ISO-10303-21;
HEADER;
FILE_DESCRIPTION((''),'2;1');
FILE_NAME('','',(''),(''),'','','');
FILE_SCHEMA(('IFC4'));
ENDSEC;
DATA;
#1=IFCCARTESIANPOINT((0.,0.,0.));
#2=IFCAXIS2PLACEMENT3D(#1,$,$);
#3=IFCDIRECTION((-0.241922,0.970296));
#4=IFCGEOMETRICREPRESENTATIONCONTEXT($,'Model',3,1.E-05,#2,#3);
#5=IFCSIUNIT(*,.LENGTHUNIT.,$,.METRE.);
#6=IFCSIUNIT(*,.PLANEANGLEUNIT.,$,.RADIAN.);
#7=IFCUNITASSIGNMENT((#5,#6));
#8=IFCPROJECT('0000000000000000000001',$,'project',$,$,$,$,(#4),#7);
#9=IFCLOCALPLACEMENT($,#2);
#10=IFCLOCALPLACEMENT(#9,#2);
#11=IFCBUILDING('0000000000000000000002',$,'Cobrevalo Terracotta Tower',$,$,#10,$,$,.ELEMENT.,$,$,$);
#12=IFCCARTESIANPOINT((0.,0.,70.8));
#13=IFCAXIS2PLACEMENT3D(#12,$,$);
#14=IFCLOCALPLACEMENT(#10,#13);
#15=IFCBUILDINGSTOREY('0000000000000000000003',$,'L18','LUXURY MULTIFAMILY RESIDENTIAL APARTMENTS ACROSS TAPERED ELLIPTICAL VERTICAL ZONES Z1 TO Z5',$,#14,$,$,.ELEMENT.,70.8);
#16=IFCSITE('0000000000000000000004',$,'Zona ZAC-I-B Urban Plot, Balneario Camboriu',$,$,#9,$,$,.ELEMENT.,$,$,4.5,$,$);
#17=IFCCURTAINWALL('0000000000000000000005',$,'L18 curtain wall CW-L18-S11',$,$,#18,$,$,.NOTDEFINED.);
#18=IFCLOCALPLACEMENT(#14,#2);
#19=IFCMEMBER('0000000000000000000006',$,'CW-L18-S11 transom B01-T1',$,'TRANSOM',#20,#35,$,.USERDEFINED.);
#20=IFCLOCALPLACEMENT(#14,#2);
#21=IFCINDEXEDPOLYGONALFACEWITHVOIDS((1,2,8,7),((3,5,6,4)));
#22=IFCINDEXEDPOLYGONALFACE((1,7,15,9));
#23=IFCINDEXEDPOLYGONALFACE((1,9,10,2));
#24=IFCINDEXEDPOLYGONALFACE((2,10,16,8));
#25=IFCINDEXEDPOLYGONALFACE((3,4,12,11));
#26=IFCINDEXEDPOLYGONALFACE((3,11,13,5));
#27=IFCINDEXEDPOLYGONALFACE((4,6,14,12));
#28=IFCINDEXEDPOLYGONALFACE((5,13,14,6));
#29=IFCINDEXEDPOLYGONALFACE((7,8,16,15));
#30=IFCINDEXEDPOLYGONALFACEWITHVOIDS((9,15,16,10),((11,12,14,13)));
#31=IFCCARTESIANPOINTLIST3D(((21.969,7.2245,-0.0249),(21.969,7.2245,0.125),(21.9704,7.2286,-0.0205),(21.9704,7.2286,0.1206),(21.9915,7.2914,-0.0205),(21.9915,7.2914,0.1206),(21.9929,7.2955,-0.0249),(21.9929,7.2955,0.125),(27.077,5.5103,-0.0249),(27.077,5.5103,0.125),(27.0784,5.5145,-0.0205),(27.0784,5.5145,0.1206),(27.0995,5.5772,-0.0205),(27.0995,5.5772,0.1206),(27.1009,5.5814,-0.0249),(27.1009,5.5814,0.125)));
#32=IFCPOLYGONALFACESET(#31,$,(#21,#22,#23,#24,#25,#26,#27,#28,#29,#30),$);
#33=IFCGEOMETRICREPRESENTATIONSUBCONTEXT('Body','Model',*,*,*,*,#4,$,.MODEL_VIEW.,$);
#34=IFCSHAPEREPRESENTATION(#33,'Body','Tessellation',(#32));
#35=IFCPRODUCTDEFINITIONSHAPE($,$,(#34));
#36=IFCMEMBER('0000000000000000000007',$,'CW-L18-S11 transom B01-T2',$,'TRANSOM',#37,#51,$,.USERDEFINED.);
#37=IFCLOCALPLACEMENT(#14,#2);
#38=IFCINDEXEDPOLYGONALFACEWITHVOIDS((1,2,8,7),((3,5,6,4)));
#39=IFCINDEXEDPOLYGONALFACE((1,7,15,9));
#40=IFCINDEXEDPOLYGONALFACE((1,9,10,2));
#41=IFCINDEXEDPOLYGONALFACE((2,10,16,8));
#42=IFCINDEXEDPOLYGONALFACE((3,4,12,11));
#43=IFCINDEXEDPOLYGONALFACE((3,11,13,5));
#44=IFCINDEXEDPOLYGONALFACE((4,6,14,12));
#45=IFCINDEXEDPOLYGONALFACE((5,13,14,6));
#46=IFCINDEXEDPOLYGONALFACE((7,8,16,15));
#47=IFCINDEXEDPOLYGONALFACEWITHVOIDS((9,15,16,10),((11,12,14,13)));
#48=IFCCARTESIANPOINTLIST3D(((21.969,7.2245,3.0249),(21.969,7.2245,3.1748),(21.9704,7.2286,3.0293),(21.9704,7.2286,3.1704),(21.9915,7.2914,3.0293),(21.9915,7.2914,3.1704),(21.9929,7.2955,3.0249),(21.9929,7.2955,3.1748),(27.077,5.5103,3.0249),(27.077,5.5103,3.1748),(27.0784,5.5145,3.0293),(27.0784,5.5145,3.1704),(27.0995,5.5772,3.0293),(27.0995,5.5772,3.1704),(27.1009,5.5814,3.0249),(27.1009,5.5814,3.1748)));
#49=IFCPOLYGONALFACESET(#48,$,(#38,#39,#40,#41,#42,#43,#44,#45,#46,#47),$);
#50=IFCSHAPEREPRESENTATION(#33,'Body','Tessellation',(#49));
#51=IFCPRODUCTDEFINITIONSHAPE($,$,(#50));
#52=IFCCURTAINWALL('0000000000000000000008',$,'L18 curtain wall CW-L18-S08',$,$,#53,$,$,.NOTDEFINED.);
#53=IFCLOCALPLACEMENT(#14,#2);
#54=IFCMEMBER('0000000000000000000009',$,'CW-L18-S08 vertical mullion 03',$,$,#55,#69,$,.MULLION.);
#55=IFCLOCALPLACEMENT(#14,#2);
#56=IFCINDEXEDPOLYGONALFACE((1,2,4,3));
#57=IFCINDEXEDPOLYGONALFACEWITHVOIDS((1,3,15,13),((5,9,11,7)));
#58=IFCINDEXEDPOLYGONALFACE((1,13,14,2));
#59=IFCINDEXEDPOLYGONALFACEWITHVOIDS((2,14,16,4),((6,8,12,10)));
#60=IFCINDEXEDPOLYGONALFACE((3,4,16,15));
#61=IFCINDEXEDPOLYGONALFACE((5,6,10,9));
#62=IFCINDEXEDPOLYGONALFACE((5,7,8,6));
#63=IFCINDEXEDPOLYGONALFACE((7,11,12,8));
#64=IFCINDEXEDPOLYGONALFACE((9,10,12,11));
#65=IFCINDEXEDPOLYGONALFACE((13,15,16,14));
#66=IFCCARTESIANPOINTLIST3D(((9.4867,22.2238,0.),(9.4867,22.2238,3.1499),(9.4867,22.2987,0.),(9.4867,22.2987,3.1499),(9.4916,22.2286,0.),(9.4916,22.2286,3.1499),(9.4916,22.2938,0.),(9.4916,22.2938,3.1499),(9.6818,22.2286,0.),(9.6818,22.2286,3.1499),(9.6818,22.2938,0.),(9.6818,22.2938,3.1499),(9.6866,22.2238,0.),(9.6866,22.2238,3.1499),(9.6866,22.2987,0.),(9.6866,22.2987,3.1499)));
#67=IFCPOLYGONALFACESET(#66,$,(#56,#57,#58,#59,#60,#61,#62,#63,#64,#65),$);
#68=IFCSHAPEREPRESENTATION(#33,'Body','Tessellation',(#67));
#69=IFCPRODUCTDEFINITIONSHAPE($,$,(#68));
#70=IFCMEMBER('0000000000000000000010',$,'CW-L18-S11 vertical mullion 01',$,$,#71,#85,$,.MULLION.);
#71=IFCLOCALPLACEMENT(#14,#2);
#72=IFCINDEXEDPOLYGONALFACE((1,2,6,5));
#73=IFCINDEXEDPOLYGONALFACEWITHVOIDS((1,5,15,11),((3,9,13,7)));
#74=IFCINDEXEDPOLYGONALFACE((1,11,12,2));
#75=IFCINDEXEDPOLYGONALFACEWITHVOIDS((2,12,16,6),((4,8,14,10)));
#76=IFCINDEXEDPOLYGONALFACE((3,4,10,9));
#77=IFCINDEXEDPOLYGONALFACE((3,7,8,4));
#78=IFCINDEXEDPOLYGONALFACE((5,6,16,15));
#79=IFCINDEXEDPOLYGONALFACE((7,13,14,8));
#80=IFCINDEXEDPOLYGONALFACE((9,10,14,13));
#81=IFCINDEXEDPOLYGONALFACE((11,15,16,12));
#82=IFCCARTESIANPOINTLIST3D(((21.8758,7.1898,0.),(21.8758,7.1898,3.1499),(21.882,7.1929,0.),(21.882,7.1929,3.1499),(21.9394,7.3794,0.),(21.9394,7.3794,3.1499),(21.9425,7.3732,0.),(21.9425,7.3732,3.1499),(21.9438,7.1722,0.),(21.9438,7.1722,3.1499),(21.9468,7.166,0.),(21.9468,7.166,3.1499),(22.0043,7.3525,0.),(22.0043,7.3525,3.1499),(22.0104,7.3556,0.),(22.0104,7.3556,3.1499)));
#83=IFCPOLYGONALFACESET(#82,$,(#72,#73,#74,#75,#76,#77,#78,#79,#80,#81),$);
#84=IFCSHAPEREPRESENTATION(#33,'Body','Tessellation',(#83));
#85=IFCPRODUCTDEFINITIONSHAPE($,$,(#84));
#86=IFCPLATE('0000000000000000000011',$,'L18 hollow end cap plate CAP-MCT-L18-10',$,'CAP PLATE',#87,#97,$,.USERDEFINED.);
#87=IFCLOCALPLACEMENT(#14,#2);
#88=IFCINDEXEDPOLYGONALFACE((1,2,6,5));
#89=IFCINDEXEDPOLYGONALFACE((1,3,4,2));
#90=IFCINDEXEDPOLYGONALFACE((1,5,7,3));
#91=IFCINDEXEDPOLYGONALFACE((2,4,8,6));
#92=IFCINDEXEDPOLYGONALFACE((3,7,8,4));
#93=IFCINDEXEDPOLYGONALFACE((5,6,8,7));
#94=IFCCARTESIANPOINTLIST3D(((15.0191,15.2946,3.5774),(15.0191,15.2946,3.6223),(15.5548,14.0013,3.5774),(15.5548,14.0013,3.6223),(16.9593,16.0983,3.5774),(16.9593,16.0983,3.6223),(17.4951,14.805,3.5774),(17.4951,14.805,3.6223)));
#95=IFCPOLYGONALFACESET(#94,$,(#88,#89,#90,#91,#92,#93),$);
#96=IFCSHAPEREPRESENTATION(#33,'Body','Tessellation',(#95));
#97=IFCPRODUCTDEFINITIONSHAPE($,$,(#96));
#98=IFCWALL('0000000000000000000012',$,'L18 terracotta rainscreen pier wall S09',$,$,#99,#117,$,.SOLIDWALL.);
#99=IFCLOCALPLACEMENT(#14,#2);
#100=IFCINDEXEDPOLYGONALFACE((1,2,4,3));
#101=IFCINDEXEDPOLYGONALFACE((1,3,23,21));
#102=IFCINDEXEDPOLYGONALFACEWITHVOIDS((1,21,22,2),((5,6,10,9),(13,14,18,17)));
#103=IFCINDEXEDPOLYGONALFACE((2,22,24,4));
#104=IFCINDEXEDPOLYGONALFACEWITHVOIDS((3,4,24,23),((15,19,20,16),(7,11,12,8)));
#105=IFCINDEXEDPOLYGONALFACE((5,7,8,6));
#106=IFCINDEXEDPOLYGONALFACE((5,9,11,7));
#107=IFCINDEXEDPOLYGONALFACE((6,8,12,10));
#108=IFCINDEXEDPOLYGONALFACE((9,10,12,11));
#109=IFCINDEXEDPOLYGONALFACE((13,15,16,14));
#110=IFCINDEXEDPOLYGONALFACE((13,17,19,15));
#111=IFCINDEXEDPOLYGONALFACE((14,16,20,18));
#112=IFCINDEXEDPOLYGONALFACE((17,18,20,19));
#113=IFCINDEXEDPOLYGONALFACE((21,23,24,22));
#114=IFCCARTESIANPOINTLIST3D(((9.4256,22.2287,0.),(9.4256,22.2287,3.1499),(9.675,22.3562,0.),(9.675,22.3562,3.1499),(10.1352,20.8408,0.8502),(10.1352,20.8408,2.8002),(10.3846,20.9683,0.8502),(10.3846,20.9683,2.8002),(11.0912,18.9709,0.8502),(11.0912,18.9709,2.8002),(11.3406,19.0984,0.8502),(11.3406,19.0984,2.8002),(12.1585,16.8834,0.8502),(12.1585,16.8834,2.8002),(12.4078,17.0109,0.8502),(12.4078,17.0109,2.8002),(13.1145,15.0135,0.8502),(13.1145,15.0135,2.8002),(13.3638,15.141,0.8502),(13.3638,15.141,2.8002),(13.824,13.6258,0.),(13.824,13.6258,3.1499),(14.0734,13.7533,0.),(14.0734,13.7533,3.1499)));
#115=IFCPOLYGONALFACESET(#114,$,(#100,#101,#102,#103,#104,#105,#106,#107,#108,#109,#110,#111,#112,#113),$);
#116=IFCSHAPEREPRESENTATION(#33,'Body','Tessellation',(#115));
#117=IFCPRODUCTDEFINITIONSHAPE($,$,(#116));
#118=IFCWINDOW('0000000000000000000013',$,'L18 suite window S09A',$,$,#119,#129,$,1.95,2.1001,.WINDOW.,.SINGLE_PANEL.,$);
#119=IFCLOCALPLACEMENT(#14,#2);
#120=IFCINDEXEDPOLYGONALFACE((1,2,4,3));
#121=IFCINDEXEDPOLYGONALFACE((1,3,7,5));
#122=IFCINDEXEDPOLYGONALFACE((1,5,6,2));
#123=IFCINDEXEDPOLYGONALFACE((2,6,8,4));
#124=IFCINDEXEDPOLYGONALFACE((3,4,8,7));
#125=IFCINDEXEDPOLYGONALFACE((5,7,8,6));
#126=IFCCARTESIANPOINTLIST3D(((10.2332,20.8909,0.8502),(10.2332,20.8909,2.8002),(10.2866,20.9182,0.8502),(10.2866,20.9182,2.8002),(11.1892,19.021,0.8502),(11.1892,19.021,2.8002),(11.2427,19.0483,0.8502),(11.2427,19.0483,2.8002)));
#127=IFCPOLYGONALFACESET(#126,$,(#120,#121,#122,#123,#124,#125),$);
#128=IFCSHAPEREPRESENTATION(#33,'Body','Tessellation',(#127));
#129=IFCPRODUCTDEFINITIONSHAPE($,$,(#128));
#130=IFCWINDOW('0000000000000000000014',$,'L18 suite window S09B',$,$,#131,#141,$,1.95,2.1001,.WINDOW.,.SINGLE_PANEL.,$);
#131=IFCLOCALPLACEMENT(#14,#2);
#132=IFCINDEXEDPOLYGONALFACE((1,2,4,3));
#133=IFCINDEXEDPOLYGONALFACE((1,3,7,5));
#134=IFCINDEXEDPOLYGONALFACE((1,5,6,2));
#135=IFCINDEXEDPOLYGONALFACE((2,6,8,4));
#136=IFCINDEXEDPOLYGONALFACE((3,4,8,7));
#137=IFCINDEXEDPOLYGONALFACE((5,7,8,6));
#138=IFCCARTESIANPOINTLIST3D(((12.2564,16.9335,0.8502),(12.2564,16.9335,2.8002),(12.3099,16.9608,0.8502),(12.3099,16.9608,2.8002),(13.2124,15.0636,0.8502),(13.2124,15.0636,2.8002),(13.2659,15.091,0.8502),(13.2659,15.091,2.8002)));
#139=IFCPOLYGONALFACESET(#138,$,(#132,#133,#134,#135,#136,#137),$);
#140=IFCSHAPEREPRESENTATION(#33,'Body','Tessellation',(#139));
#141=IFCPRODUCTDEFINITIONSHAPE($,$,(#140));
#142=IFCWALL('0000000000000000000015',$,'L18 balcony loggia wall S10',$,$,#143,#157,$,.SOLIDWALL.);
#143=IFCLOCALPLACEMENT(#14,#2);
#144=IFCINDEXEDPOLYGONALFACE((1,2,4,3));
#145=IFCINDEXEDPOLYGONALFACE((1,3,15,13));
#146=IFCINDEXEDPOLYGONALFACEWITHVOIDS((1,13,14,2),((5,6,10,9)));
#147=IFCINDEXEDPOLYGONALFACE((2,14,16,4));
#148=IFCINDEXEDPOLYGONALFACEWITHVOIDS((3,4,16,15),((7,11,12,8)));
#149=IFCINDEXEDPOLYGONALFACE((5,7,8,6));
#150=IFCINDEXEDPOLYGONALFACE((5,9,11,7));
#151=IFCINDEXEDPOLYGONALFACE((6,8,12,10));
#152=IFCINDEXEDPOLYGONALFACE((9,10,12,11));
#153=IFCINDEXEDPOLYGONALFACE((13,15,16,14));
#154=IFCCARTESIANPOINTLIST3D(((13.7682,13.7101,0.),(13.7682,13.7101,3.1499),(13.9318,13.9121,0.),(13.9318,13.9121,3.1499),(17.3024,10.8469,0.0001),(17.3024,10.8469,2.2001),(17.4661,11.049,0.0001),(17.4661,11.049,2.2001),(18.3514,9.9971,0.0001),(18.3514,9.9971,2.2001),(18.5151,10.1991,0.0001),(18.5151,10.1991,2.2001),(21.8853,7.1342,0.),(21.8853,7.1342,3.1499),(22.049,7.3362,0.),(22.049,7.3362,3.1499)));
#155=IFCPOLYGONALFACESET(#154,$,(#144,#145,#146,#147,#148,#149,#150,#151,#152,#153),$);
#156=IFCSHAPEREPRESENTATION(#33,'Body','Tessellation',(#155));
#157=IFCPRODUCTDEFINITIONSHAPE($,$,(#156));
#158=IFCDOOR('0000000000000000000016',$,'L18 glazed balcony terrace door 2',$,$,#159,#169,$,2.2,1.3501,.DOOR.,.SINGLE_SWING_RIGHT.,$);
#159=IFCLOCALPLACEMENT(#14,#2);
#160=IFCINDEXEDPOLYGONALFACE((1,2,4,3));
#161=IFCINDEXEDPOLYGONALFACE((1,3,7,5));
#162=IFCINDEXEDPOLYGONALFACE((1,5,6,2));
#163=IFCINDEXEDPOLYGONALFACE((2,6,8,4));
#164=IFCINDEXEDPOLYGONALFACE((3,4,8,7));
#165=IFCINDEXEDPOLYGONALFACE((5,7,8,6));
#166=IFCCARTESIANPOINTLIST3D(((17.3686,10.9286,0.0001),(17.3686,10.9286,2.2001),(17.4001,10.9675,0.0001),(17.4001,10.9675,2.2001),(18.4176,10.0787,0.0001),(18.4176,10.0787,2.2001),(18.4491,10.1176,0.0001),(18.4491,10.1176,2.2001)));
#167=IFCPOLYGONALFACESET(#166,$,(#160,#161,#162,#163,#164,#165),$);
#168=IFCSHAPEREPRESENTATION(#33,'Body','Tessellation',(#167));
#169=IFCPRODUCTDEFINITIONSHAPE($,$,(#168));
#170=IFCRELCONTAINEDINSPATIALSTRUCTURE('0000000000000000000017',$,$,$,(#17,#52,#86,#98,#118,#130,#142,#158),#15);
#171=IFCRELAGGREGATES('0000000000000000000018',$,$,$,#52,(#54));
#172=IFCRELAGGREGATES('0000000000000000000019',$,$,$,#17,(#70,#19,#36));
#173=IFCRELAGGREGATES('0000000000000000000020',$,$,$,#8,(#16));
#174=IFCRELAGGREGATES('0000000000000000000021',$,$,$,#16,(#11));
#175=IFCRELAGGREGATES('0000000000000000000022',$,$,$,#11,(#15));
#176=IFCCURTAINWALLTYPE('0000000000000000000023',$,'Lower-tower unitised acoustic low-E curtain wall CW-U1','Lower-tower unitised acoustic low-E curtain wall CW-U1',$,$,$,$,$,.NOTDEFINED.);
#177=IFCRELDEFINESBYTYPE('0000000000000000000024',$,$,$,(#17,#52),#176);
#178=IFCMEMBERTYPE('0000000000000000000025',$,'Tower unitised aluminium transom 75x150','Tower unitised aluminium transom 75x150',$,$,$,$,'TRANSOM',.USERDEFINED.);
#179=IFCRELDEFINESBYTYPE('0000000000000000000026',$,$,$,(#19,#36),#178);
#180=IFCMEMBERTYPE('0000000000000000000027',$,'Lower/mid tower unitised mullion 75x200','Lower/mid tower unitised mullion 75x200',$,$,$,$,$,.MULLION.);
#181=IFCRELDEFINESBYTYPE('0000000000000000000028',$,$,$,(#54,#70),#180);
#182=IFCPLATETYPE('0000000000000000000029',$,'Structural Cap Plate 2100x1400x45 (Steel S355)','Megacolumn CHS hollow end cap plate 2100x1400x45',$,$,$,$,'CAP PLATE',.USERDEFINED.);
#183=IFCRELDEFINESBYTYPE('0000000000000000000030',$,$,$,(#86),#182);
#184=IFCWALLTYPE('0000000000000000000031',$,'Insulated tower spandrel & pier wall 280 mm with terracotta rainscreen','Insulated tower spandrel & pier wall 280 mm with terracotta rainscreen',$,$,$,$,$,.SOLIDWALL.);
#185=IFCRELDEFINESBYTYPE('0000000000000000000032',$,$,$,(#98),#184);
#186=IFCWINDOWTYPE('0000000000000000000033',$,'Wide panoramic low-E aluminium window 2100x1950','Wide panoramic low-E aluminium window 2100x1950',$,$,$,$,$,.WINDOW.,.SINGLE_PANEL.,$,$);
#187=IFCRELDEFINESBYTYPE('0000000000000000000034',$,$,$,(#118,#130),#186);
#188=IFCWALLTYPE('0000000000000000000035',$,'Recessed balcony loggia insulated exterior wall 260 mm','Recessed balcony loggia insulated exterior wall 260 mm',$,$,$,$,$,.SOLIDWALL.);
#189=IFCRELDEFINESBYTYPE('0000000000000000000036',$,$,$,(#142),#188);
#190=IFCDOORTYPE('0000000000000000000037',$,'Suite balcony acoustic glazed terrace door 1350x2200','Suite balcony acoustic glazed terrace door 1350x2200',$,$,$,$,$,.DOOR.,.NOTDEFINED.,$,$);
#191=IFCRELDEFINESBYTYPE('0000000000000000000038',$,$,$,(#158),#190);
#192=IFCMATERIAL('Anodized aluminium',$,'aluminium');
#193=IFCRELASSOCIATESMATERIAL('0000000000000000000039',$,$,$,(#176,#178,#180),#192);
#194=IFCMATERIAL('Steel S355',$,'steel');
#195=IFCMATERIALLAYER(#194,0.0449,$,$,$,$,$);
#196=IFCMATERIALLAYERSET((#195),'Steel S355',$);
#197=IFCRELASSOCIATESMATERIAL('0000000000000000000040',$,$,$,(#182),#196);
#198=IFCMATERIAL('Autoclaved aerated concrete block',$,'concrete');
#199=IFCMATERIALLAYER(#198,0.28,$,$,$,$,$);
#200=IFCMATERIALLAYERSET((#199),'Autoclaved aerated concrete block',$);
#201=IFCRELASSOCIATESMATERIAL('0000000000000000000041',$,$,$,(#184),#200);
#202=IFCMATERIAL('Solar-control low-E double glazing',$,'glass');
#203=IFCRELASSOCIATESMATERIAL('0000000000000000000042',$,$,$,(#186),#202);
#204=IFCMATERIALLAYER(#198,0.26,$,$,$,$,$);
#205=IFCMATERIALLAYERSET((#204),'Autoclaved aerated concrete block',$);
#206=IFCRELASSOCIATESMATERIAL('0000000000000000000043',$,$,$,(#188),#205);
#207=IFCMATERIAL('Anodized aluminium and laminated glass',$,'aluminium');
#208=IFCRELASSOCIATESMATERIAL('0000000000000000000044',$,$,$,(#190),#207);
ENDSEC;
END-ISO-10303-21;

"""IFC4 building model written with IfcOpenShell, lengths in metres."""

from ifc_helpers import new_model, si_unit, direction, frame, frame_2d, origin, origin_2d, place, context, subcontext, project, spatial, rectangle, hollow_rectangle, extrude, source, transform, mapped, material, layer, layer_set, material_profile, profile_set, type_object, element, fill, aggregate, save


model = new_model("IFC4")

# Units and contexts
model_context = context("Model", 3, precision=1e-05, world=origin(), true_north=direction((-0.241922, 0.970296)))
body_context = subcontext(model_context, "Body", "Model", "MODEL_VIEW")
ifc_project = project(units=[si_unit("LENGTHUNIT", "METRE"), si_unit("PLANEANGLEUNIT", "RADIAN")], contexts=[model_context])

# Site, building, storey
site_placement = place(None, origin())
site = spatial("IfcSite", under=ifc_project, at=site_placement, Name="Zona ZAC-I-B Urban Plot, Balneario Camboriu", CompositionType="ELEMENT", RefElevation=4.5)
building_placement = place(site_placement, origin())
building = spatial("IfcBuilding", under=site, at=building_placement, Name="Cobrevalo Terracotta Tower", CompositionType="ELEMENT")
storey_placement = place(building_placement, frame((0.0, 0.0, 70.8)))
storey = spatial("IfcBuildingStorey", under=building, at=storey_placement, Name="L18", Description="LUXURY MULTIFAMILY RESIDENTIAL APARTMENTS ACROSS TAPERED ELLIPTICAL VERTICAL ZONES Z1 TO Z5", CompositionType="ELEMENT", Elevation=70.8)

# Shared definitions
ifc_material_1 = material(Name="Steel S355", Category="steel")

# Curtain wall, members
ifc_material_2 = material(Name="Anodized aluminium", Category="aluminium")
curtain_wall_type = type_object("IfcCurtainWallType", Name="Lower-tower unitised acoustic low-E curtain wall CW-U1", Description="Lower-tower unitised acoustic low-E curtain wall CW-U1", PredefinedType="NOTDEFINED", material=ifc_material_2)
curtain_wall_1_placement = place(storey_placement, origin())
curtain_wall_1 = element("IfcCurtainWall", 1, at=curtain_wall_1_placement, inside=storey, type_object=curtain_wall_type, Name="L18 curtain wall CW-L18-S11", PredefinedType="NOTDEFINED")
ifc_material_profile_1 = material_profile(ifc_material_2, hollow_rectangle(XDim=0.075, YDim=0.1499, WallThickness=0.0044, at=origin_2d()), Name="CWT 75x150")
ifc_profile_set_1 = profile_set([ifc_material_profile_1], Name="Anodized aluminium")
member_type_1 = type_object("IfcMemberType", Name="Tower unitised aluminium transom 75x150", Description="Tower unitised aluminium transom 75x150", ElementType="TRANSOM", PredefinedType="USERDEFINED", material=ifc_profile_set_1)
shared_shape_1 = source(origin(), body_context, "Body", "SweptSolid", [
    extrude(hollow_rectangle(XDim=0.075, YDim=0.1499, WallThickness=0.0044, at=origin_2d()), origin(), (0.0, 0.0, 1.0), 5.3879),
])
member_1_placement = place(storey_placement, frame((21.981, 7.26, 0.05), z_axis=(0.948042, -0.318144, 0.0), x_axis=(0.318144, 0.948042, 0.0)))
member_1 = element("IfcMember", 2, at=member_1_placement, type_object=member_type_1, Name="CW-L18-S11 transom B01-T1", ObjectType="TRANSOM", PredefinedType="USERDEFINED", context=body_context, shape_type="MappedRepresentation", body=[
    mapped(shared_shape_1, transform((0.0, 0.0, 0.0), scale=1.0)),
])
member_2_placement = place(storey_placement, frame((21.981, 7.26, 3.0999), z_axis=(0.948042, -0.318144, 0.0), x_axis=(0.318144, 0.948042, 0.0)))
member_2 = element("IfcMember", 3, at=member_2_placement, type_object=member_type_1, Name="CW-L18-S11 transom B01-T2", ObjectType="TRANSOM", PredefinedType="USERDEFINED", context=body_context, shape_type="MappedRepresentation", body=[
    mapped(shared_shape_1, transform((0.0, 0.0, 0.0), scale=1.0)),
])

# Curtain wall, member
curtain_wall_2_placement = place(storey_placement, origin())
curtain_wall_2 = element("IfcCurtainWall", 4, at=curtain_wall_2_placement, inside=storey, type_object=curtain_wall_type, Name="L18 curtain wall CW-L18-S08", PredefinedType="NOTDEFINED")
ifc_material_profile_2 = material_profile(ifc_material_2, hollow_rectangle(XDim=0.075, YDim=0.2, WallThickness=0.0049, at=origin_2d()), Name="CWM 75x200")
ifc_profile_set_2 = profile_set([ifc_material_profile_2], Name="Anodized aluminium")
member_type_2 = type_object("IfcMemberType", Name="Lower/mid tower unitised mullion 75x200", Description="Lower/mid tower unitised mullion 75x200", PredefinedType="MULLION", material=ifc_profile_set_2)
shared_shape_2 = source(origin(), body_context, "Body", "SweptSolid", [
    extrude(hollow_rectangle(XDim=0.075, YDim=0.2, WallThickness=0.0049, at=origin_2d()), origin(), (0.0, 0.0, 1.0), 3.1499),
])
member_3_placement = place(storey_placement, frame((9.5867, 22.2612, 0.0), z_axis=(0.0, 0.0, 1.0), x_axis=(0.0, -1.0, 0.0)))
member_3 = element("IfcMember", 5, at=member_3_placement, type_object=member_type_2, Name="CW-L18-S08 vertical mullion 03", PredefinedType="MULLION", context=body_context, shape_type="MappedRepresentation", body=[
    mapped(shared_shape_2, transform((0.0, 0.0, 0.0), scale=1.0)),
])
aggregate(curtain_wall_2, [member_3])

# Member
member_4_placement = place(storey_placement, frame((21.9431, 7.2727, 0.0), z_axis=(0.0, 0.0, 1.0), x_axis=(0.948046, -0.318132, 0.0)))
member_4 = element("IfcMember", 6, at=member_4_placement, type_object=member_type_2, Name="CW-L18-S11 vertical mullion 01", PredefinedType="MULLION", context=body_context, shape_type="MappedRepresentation", body=[
    mapped(shared_shape_2, transform((0.0, 0.0, 0.0), scale=1.0)),
])
aggregate(curtain_wall_1, [member_4, member_1, member_2])

# Plate
ifc_layer_1 = layer(ifc_material_1, 0.0449)
ifc_layer_set_1 = layer_set([ifc_layer_1], Name="Steel S355")
plate_type = type_object("IfcPlateType", Name="Structural Cap Plate 2100x1400x45 (Steel S355)", Description="Megacolumn CHS hollow end cap plate 2100x1400x45", ElementType="CAP PLATE", PredefinedType="USERDEFINED", material=ifc_layer_set_1)
shared_shape_3 = source(origin(), body_context, "Body", "SweptSolid", [
    extrude(rectangle(XDim=2.1001, YDim=1.3999, at=origin_2d()), origin(), (0.0, 0.0, 1.0), 0.0449),
])
plate_placement = place(storey_placement, frame((16.2571, 15.0498, 3.5774), z_axis=(0.0, 0.0, 1.0), x_axis=(-0.92388, -0.382683, 0.0)))
element("IfcPlate", 7, at=plate_placement, inside=storey, type_object=plate_type, Name="L18 hollow end cap plate CAP-MCT-L18-10", ObjectType="CAP PLATE", PredefinedType="USERDEFINED", context=body_context, shape_type="MappedRepresentation", body=[
    mapped(shared_shape_3, transform((0.0, 0.0, 0.0), scale=1.0)),
])

# Wall, openings, windows
ifc_material_3 = material(Name="Autoclaved aerated concrete block", Category="concrete")
ifc_layer_2 = layer(ifc_material_3, 0.28)
ifc_layer_set_2 = layer_set([ifc_layer_2], Name="Autoclaved aerated concrete block")
wall_type_1 = type_object("IfcWallType", Name="Insulated tower spandrel & pier wall 280 mm with terracotta rainscreen", Description="Insulated tower spandrel & pier wall 280 mm with terracotta rainscreen", PredefinedType="SOLIDWALL", material=ifc_layer_set_2)
wall_1_placement = place(storey_placement, frame((9.5503, 22.2925, 0.0), z_axis=(0.0, 0.0, 1.0), x_axis=(0.455221, -0.890379, 0.0)))
wall_1 = element("IfcWall", 8, at=wall_1_placement, inside=storey, type_object=wall_type_1, Name="L18 terracotta rainscreen pier wall S09", PredefinedType="SOLIDWALL", context=body_context, shape_type="SweptSolid", body=[
    extrude(rectangle(XDim=9.6621, YDim=0.28, at=frame_2d((4.8311, 0.0))), origin(), (0.0, 0.0, 1.0), 3.1499),
])
opening_1_placement = place(wall_1_placement, frame((1.5588, 0.0, 0.8501)))
opening_1 = element("IfcOpeningElement", 9, at=opening_1_placement, cuts=wall_1, PredefinedType="OPENING", context=body_context, shape_type="SweptSolid", body=[
    extrude(rectangle(XDim=2.1001, YDim=1.95, at=frame_2d((1.05, 0.9751))), frame((0.0, 0.1499, 0.0), z_axis=(0.0, -1.0, 0.0), x_axis=(1.0, 0.0, 0.0)), (0.0, 0.0, 1.0), 0.3),
])
opening_2_placement = place(wall_1_placement, frame((6.0034, 0.0, 0.8501)))
opening_2 = element("IfcOpeningElement", 10, at=opening_2_placement, cuts=wall_1, PredefinedType="OPENING", context=body_context, shape_type="SweptSolid", body=[
    extrude(rectangle(XDim=2.1001, YDim=1.95, at=frame_2d((1.05, 0.9751))), frame((0.0, 0.1499, 0.0), z_axis=(0.0, -1.0, 0.0), x_axis=(1.0, 0.0, 0.0)), (0.0, 0.0, 1.0), 0.3),
])
ifc_material_4 = material(Name="Solar-control low-E double glazing", Category="glass")
window_type = type_object("IfcWindowType", Name="Wide panoramic low-E aluminium window 2100x1950", Description="Wide panoramic low-E aluminium window 2100x1950", PartitioningType="SINGLE_PANEL", PredefinedType="WINDOW", material=ifc_material_4)
shared_shape_4 = source(origin(), body_context, "Body", "SweptSolid", [
    extrude(rectangle(XDim=2.1001, YDim=1.95, at=frame_2d((1.05, 0.9751))), frame((0.0, 0.03, 0.0), z_axis=(0.0, -1.0, 0.0), x_axis=(1.0, 0.0, 0.0)), (0.0, 0.0, 1.0), 0.0601),
])
window_1_placement = place(opening_1_placement, origin())
window_1 = element("IfcWindow", 11, at=window_1_placement, inside=storey, type_object=window_type, Name="L18 suite window S09A", OverallHeight=1.95, OverallWidth=2.1001, PartitioningType="SINGLE_PANEL", PredefinedType="WINDOW", context=body_context, shape_type="MappedRepresentation", body=[
    mapped(shared_shape_4, transform((0.0, 0.0, 0.0), scale=1.0)),
])
fill(opening_1, window_1)
window_2_placement = place(opening_2_placement, origin())
window_2 = element("IfcWindow", 12, at=window_2_placement, inside=storey, type_object=window_type, Name="L18 suite window S09B", OverallHeight=1.95, OverallWidth=2.1001, PartitioningType="SINGLE_PANEL", PredefinedType="WINDOW", context=body_context, shape_type="MappedRepresentation", body=[
    mapped(shared_shape_4, transform((0.0, 0.0, 0.0), scale=1.0)),
])
fill(opening_2, window_2)

# Wall, opening, door
ifc_layer_3 = layer(ifc_material_3, 0.26)
ifc_layer_set_3 = layer_set([ifc_layer_3], Name="Autoclaved aerated concrete block")
wall_type_2 = type_object("IfcWallType", Name="Recessed balcony loggia insulated exterior wall 260 mm", Description="Recessed balcony loggia insulated exterior wall 260 mm", PredefinedType="SOLIDWALL", material=ifc_layer_set_3)
wall_2_placement = place(storey_placement, frame((13.8501, 13.811, 0.0), z_axis=(0.0, 0.0, 1.0), x_axis=(0.777017, -0.62948, 0.0)))
wall_2 = element("IfcWall", 13, at=wall_2_placement, inside=storey, type_object=wall_type_2, Name="L18 balcony loggia wall S10", PredefinedType="SOLIDWALL", context=body_context, shape_type="SweptSolid", body=[
    extrude(rectangle(XDim=10.4465, YDim=0.26, at=frame_2d((5.2231, 0.0))), origin(), (0.0, 0.0, 1.0), 3.1499),
])
opening_3_placement = place(wall_2_placement, frame((4.5483, 0.0, 0.0)))
opening_3 = element("IfcOpeningElement", 14, at=opening_3_placement, cuts=wall_2, PredefinedType="OPENING", context=body_context, shape_type="SweptSolid", body=[
    extrude(rectangle(XDim=1.3501, YDim=2.2, at=frame_2d((0.675, 1.1001))), frame((0.0, 0.1401, 0.0), z_axis=(0.0, -1.0, 0.0), x_axis=(1.0, 0.0, 0.0)), (0.0, 0.0, 1.0), 0.28),
])
ifc_material_5 = material(Name="Anodized aluminium and laminated glass", Category="aluminium")
door_type = type_object("IfcDoorType", Name="Suite balcony acoustic glazed terrace door 1350x2200", Description="Suite balcony acoustic glazed terrace door 1350x2200", OperationType="NOTDEFINED", PredefinedType="DOOR", material=ifc_material_5)
shared_shape_5 = source(origin(), body_context, "Body", "SweptSolid", [
    extrude(rectangle(XDim=1.3501, YDim=2.2, at=frame_2d((0.675, 1.1001))), frame((0.0, 0.0249, 0.0), z_axis=(0.0, -1.0, 0.0), x_axis=(1.0, 0.0, 0.0)), (0.0, 0.0, 1.0), 0.05),
])
door_placement = place(opening_3_placement, frame((1.3501, 0.0, 0.0), z_axis=(0.0, 0.0, 1.0), x_axis=(-1.0, 0.0, 0.0)))
door = element("IfcDoor", 15, at=door_placement, inside=storey, type_object=door_type, Name="L18 glazed balcony terrace door 2", OperationType="SINGLE_SWING_RIGHT", OverallHeight=2.2, OverallWidth=1.3501, PredefinedType="DOOR", context=body_context, shape_type="MappedRepresentation", body=[
    mapped(shared_shape_5, transform((0.0, 0.0, 0.0), scale=1.0)),
])
fill(opening_3, door)

save(model, "model.ifc")
